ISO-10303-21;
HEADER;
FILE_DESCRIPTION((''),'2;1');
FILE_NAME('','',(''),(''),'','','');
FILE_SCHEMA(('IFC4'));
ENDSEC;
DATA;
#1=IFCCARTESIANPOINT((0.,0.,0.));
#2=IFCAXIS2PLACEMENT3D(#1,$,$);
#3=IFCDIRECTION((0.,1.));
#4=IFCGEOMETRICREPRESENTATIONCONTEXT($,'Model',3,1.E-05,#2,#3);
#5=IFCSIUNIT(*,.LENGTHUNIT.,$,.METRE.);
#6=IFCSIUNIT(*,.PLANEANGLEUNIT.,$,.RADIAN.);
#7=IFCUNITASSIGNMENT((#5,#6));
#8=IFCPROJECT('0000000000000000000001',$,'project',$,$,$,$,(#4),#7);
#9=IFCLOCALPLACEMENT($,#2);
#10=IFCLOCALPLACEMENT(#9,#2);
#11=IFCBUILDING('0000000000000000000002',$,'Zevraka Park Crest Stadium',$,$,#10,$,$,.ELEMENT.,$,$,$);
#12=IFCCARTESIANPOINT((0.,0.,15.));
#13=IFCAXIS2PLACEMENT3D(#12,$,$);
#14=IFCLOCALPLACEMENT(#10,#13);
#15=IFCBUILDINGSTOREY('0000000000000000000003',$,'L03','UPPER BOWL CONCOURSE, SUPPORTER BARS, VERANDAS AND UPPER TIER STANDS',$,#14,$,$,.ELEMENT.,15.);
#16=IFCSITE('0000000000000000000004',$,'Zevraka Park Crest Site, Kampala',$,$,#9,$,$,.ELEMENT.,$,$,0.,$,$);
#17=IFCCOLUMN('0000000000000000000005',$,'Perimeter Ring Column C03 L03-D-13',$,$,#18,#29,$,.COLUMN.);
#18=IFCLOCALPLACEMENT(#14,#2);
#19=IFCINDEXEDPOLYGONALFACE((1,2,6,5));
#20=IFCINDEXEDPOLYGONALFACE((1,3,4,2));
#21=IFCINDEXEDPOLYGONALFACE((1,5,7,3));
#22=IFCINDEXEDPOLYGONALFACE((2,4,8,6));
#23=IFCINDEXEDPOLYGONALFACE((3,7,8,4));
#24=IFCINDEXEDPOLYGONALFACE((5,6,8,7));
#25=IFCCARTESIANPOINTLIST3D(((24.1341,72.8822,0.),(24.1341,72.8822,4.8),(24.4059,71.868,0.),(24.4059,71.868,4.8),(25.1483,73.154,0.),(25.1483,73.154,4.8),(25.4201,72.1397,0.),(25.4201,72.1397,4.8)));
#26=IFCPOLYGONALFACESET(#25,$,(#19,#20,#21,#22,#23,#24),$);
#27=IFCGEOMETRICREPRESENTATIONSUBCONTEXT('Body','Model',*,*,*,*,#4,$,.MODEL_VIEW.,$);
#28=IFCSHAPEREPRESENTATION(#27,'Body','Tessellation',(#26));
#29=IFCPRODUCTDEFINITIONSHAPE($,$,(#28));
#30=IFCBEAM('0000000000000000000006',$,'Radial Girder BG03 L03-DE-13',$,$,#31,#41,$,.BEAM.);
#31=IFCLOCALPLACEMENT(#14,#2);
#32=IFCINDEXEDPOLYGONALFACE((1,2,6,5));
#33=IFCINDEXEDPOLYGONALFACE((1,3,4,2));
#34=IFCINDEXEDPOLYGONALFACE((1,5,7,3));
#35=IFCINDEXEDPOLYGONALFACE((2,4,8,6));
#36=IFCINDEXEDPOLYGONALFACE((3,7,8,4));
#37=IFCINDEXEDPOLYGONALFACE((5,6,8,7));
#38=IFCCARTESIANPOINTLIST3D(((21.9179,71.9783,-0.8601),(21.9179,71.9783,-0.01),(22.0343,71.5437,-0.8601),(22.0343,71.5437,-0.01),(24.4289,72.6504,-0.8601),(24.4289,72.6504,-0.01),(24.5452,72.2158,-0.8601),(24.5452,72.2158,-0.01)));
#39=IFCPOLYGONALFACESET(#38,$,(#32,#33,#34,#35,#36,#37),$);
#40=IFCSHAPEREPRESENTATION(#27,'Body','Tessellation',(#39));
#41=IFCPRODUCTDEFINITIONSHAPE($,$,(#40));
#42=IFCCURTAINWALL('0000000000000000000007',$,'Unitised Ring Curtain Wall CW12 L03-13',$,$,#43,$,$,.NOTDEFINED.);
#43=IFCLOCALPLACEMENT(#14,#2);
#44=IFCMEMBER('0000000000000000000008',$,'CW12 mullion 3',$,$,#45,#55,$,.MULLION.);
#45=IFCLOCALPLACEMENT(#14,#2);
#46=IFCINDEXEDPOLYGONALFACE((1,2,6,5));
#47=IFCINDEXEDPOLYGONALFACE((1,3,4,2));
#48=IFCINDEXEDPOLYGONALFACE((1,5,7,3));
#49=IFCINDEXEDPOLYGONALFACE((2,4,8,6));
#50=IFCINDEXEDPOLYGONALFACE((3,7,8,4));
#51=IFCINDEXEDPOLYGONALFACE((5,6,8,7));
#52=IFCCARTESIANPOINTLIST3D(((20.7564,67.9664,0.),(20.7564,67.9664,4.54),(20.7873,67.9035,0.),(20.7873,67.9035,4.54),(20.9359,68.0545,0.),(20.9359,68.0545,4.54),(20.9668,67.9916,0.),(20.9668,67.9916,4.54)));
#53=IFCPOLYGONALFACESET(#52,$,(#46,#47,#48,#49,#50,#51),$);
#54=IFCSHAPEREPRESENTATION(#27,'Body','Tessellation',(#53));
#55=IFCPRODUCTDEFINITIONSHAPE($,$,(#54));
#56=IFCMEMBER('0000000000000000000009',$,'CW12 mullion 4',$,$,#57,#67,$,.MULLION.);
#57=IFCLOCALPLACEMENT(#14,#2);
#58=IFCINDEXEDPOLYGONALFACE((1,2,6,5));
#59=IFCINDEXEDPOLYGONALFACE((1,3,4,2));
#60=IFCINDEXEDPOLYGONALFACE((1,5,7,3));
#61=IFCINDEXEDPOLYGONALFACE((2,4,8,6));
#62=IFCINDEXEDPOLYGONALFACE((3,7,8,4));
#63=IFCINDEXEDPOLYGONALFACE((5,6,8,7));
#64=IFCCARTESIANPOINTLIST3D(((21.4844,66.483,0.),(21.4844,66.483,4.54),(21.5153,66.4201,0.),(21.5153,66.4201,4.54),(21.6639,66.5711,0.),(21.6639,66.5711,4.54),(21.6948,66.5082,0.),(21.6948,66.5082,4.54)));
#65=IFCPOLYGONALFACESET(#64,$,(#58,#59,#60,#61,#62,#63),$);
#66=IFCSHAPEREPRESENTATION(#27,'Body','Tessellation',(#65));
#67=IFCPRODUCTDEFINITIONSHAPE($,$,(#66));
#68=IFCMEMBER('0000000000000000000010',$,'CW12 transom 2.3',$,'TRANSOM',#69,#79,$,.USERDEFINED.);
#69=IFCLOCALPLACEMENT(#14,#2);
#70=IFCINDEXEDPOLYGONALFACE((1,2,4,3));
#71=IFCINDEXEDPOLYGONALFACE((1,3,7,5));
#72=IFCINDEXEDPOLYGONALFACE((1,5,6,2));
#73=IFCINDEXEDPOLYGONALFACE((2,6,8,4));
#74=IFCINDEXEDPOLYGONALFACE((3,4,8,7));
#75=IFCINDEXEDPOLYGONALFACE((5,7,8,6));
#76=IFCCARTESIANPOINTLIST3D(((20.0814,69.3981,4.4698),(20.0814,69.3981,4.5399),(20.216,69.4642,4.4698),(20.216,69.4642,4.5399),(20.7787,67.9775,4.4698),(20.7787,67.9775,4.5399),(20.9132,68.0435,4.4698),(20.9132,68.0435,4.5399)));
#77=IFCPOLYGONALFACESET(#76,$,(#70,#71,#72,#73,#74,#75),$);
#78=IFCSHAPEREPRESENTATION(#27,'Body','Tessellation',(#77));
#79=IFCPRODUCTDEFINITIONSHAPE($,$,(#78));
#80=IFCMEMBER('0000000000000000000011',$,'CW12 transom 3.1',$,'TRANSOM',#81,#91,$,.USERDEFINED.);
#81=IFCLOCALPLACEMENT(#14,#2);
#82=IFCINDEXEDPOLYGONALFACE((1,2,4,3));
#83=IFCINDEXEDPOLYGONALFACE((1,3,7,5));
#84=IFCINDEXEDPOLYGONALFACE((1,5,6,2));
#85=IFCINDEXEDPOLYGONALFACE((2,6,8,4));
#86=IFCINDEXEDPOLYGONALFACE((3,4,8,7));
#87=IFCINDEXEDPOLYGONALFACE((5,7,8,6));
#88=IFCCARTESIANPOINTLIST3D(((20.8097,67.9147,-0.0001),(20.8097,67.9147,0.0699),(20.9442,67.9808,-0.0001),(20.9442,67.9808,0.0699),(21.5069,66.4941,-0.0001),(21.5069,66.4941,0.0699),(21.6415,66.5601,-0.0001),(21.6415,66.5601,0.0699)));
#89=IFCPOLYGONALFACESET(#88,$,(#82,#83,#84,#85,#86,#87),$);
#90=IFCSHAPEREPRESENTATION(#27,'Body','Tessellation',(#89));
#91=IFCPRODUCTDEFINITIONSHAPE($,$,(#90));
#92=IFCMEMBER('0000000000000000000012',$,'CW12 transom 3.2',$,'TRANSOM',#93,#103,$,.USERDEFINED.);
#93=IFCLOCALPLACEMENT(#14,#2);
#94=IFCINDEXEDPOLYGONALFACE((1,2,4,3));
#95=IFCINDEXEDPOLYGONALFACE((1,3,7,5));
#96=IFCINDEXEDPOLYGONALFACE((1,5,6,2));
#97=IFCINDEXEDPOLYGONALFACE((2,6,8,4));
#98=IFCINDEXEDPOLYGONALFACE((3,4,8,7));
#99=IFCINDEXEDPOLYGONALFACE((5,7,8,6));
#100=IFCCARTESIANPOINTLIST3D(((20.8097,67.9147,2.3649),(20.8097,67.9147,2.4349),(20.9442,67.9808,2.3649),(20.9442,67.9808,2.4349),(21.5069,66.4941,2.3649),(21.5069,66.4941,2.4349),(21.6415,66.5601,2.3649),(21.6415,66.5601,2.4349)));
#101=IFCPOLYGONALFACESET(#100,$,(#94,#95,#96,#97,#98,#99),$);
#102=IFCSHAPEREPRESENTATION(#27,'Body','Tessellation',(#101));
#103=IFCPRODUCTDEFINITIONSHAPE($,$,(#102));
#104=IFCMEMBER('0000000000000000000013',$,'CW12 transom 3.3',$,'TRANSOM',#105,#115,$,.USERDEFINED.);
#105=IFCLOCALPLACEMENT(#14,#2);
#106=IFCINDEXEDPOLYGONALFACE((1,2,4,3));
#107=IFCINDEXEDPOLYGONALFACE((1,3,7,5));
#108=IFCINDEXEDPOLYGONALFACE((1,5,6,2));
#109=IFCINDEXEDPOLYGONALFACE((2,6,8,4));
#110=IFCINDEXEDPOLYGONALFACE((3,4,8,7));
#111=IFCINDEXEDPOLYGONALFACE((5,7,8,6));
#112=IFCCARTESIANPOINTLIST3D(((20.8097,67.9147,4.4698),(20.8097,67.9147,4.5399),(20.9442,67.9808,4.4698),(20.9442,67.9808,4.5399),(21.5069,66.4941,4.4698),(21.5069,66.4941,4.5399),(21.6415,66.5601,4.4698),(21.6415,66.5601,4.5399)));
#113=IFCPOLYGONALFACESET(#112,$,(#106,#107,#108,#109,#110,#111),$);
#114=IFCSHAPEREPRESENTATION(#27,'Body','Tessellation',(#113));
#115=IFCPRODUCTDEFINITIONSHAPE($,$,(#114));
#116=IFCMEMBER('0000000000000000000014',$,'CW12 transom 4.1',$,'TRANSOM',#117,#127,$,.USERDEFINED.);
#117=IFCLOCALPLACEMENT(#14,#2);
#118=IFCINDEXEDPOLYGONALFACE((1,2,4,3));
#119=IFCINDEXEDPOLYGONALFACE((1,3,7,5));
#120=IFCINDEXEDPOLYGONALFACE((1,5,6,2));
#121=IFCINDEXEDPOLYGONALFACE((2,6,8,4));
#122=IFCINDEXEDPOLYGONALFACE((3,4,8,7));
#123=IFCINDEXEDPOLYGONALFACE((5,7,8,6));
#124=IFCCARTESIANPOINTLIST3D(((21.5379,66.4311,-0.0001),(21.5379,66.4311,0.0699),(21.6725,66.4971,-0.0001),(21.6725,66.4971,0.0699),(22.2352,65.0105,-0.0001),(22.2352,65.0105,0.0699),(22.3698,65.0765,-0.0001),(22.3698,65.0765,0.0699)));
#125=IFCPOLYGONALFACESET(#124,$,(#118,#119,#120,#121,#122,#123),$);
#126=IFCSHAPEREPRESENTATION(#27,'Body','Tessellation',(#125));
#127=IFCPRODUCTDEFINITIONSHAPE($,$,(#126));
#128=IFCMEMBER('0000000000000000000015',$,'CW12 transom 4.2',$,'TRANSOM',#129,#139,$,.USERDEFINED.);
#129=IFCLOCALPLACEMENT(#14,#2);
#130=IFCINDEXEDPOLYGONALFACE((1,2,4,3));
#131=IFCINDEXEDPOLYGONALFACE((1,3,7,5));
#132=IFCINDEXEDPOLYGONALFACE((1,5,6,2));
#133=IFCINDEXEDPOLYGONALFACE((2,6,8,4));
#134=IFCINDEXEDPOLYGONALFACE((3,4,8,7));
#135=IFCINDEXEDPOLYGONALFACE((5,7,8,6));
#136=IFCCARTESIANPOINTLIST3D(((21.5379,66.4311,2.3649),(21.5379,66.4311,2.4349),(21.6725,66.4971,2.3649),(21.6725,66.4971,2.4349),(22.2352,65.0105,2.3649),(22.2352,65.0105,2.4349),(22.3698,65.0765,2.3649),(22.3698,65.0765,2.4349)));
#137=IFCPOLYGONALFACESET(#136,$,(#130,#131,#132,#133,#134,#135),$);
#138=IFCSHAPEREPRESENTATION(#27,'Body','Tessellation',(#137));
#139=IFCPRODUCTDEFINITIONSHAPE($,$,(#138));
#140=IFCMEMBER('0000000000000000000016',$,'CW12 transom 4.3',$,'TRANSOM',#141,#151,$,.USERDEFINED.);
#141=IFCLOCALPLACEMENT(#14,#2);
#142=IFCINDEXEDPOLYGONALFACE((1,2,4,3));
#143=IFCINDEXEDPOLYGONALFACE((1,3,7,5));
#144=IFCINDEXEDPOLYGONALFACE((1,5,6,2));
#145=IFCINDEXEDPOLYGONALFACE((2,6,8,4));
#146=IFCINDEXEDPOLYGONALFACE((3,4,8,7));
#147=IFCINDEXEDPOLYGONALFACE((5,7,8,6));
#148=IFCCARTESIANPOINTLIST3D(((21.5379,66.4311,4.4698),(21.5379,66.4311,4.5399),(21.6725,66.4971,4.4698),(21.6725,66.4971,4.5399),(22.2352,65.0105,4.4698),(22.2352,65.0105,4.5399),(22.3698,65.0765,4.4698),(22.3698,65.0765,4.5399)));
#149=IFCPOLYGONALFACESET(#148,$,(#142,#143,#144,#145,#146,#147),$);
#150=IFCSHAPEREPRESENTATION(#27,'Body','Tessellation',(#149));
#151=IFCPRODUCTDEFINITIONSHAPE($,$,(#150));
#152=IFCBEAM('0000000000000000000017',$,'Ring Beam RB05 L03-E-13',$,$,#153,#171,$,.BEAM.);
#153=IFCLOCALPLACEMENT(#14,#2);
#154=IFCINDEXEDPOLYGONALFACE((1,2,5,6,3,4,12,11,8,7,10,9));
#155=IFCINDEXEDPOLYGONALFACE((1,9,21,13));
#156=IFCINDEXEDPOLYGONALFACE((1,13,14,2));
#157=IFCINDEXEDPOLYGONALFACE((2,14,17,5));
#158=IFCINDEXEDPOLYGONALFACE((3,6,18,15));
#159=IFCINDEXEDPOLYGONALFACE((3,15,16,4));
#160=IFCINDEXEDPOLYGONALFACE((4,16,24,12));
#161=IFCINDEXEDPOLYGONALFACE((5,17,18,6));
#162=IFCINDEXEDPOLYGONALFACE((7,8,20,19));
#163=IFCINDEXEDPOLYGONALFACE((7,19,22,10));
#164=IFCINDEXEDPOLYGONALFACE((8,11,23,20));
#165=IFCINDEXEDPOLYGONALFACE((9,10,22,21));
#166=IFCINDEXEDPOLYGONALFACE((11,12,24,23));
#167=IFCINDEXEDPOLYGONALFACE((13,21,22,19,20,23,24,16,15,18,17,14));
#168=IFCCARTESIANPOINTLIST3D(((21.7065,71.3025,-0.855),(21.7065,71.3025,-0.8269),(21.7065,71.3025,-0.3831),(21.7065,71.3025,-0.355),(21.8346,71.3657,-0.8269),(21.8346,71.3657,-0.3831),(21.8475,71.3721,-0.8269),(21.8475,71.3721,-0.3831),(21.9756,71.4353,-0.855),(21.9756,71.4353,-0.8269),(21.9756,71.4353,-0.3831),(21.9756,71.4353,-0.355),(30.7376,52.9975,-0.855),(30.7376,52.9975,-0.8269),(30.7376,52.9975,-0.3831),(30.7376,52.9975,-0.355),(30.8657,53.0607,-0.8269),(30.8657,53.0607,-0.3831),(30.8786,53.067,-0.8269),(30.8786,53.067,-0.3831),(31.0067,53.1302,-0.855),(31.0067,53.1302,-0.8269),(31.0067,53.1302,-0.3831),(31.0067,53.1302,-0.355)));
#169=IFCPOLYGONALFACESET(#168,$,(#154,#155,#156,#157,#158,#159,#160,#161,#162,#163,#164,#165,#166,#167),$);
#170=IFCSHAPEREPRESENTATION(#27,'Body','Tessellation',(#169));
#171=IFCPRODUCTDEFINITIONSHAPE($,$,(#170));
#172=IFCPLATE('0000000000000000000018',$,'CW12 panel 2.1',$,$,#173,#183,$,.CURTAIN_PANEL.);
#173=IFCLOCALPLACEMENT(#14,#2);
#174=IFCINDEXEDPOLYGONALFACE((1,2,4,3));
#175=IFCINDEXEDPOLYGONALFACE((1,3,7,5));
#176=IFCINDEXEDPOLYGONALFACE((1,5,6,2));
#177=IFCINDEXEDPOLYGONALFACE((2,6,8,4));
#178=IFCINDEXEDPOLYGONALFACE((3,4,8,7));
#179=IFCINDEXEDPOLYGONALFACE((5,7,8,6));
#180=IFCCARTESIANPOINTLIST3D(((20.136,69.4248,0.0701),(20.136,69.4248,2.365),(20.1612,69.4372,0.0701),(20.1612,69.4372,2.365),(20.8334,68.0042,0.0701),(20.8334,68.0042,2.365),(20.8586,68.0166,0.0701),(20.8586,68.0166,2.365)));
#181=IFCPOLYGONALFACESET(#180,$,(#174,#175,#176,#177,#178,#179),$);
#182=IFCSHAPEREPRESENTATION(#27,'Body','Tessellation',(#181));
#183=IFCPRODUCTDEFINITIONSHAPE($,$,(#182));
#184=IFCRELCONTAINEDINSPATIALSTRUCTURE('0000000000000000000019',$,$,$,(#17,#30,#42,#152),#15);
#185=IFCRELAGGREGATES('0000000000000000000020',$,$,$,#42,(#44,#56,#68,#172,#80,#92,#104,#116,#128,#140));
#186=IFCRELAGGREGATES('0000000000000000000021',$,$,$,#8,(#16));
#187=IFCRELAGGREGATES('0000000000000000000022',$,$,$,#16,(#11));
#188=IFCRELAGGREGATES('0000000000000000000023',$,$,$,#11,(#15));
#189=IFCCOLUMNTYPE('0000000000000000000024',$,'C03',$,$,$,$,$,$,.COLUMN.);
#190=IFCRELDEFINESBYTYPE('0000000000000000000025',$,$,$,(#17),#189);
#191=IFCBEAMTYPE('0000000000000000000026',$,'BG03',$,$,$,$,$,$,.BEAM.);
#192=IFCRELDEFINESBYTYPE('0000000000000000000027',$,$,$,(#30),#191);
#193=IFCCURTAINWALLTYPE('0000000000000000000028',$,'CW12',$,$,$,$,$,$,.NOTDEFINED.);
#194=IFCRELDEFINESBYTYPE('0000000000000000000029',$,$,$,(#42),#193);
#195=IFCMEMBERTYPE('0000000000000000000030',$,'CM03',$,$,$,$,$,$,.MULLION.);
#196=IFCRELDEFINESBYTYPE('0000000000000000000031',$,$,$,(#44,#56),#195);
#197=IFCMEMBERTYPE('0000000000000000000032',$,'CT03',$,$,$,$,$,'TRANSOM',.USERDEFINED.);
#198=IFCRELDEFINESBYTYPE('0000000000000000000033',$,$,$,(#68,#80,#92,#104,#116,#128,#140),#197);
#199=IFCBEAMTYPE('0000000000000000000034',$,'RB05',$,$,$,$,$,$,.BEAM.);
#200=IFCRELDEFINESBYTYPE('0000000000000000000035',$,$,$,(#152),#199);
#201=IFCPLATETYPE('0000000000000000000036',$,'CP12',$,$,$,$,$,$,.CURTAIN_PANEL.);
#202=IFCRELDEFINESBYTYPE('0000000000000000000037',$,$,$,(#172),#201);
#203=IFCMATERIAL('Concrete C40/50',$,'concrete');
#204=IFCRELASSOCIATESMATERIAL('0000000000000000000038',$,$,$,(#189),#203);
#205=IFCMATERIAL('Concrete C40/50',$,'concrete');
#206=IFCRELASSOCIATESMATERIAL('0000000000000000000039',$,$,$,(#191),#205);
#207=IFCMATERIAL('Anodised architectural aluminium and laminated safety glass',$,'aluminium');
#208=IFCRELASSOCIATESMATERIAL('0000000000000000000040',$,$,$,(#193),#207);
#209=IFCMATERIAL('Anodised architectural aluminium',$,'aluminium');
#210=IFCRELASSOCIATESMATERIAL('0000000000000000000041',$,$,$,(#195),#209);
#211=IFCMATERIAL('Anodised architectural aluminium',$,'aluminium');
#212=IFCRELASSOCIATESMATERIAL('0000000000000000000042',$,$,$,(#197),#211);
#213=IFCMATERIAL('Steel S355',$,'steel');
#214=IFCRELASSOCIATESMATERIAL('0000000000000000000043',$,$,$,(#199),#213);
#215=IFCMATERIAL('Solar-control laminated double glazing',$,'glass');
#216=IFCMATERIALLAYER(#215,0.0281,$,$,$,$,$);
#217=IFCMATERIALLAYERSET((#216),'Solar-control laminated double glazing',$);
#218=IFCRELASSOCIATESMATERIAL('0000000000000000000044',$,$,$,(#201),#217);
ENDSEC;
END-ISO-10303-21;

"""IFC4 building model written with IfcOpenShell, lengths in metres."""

from ifc_helpers import new_model, si_unit, direction, frame, origin, origin_2d, place, context, subcontext, project, spatial, rectangle, i_section, extrude, material, layer, layer_set, material_profile, profile_set, type_object, element, aggregate, save


model = new_model("IFC4")

# Units and contexts
model_context = context("Model", 3, precision=1e-05, world=origin(), true_north=direction((0.0, 1.0)))
body_context = subcontext(model_context, "Body", "Model", "MODEL_VIEW")
ifc_project = project(units=[si_unit("LENGTHUNIT", "METRE"), si_unit("PLANEANGLEUNIT", "RADIAN")], contexts=[model_context])

# Site, building, storey
site_placement = place(None, origin())
site = spatial("IfcSite", under=ifc_project, at=site_placement, Name="Zevraka Park Crest Site, Kampala", CompositionType="ELEMENT", RefElevation=0.0)
building_placement = place(site_placement, origin())
building = spatial("IfcBuilding", under=site, at=building_placement, Name="Zevraka Park Crest Stadium", CompositionType="ELEMENT")
storey_placement = place(building_placement, frame((0.0, 0.0, 15.0)))
storey = spatial("IfcBuildingStorey", under=building, at=storey_placement, Name="L03", Description="UPPER BOWL CONCOURSE, SUPPORTER BARS, VERANDAS AND UPPER TIER STANDS", CompositionType="ELEMENT", Elevation=15.0)

# Column
ifc_material_1 = material(Name="Concrete C40/50", Category="concrete")
ifc_material_profile_1 = material_profile(ifc_material_1, rectangle(XDim=1.05, YDim=1.05, at=origin_2d()), Name="RC 1050x1050")
ifc_profile_set_1 = profile_set([ifc_material_profile_1], Name="Concrete C40/50")
column_type = type_object("IfcColumnType", Name="C03", PredefinedType="COLUMN", material=ifc_profile_set_1)
column_placement = place(storey_placement, frame((24.7771, 72.511, 0.0), z_axis=(0.0, 0.0, 1.0), x_axis=(0.965926, 0.258819, 0.0)))
element("IfcColumn", 1, at=column_placement, inside=storey, type_object=column_type, Name="Perimeter Ring Column C03 L03-D-13", PredefinedType="COLUMN", context=body_context, shape_type="SweptSolid", body=[
    extrude(rectangle(XDim=1.05, YDim=1.05, at=origin_2d()), origin(), (0.0, 0.0, 1.0), 4.8),
])

# Beam
ifc_material_2 = material(Name="Concrete C40/50", Category="concrete")
ifc_material_profile_2 = material_profile(ifc_material_2, rectangle(XDim=0.45, YDim=0.8501, at=origin_2d()), Name="RC 850x450")
ifc_profile_set_2 = profile_set([ifc_material_profile_2], Name="Concrete C40/50")
beam_type_1 = type_object("IfcBeamType", Name="BG03", PredefinedType="BEAM", material=ifc_profile_set_2)
beam_1_placement = place(storey_placement, frame((24.4871, 72.4331, -0.4351), z_axis=(-0.965993, -0.258569, 0.0), x_axis=(0.258569, -0.965993, 0.0)))
element("IfcBeam", 2, at=beam_1_placement, inside=storey, type_object=beam_type_1, Name="Radial Girder BG03 L03-DE-13", PredefinedType="BEAM", context=body_context, shape_type="SweptSolid", body=[
    extrude(rectangle(XDim=0.45, YDim=0.8501, at=origin_2d()), origin(), (0.0, 0.0, 1.0), 2.5994),
])

# Curtain wall, members
ifc_material_3 = material(Name="Anodised architectural aluminium and laminated safety glass", Category="aluminium")
curtain_wall_type = type_object("IfcCurtainWallType", Name="CW12", PredefinedType="NOTDEFINED", material=ifc_material_3)
curtain_wall_placement = place(storey_placement, origin())
curtain_wall = element("IfcCurtainWall", 3, at=curtain_wall_placement, inside=storey, type_object=curtain_wall_type, Name="Unitised Ring Curtain Wall CW12 L03-13", PredefinedType="NOTDEFINED")
ifc_material_4 = material(Name="Anodised architectural aluminium", Category="aluminium")
ifc_material_profile_3 = material_profile(ifc_material_4, rectangle(XDim=0.2, YDim=0.0701, at=origin_2d()), Name="ALU MULLION 200x70")
ifc_profile_set_3 = profile_set([ifc_material_profile_3], Name="Anodised architectural aluminium")
member_type_1 = type_object("IfcMemberType", Name="CM03", PredefinedType="MULLION", material=ifc_profile_set_3)
member_1_placement = place(storey_placement, frame((20.8616, 67.979, 0.0), z_axis=(0.0, 0.0, 1.0), x_axis=(0.897671, 0.440666, 0.0)))
member_1 = element("IfcMember", 4, at=member_1_placement, type_object=member_type_1, Name="CW12 mullion 3", PredefinedType="MULLION", context=body_context, shape_type="SweptSolid", body=[
    extrude(rectangle(XDim=0.2, YDim=0.0701, at=origin_2d()), origin(), (0.0, 0.0, 1.0), 4.54),
])
member_2_placement = place(storey_placement, frame((21.5896, 66.4956, 0.0), z_axis=(0.0, 0.0, 1.0), x_axis=(0.897671, 0.440666, 0.0)))
member_2 = element("IfcMember", 5, at=member_2_placement, type_object=member_type_1, Name="CW12 mullion 4", PredefinedType="MULLION", context=body_context, shape_type="SweptSolid", body=[
    extrude(rectangle(XDim=0.2, YDim=0.0701, at=origin_2d()), origin(), (0.0, 0.0, 1.0), 4.54),
])
ifc_material_5 = material(Name="Anodised architectural aluminium", Category="aluminium")
ifc_material_profile_4 = material_profile(ifc_material_5, rectangle(XDim=0.1499, YDim=0.0701, at=origin_2d()), Name="ALU TRANSOM 150x70")
ifc_profile_set_4 = profile_set([ifc_material_profile_4], Name="Anodised architectural aluminium")
member_type_2 = type_object("IfcMemberType", Name="CT03", ElementType="TRANSOM", PredefinedType="USERDEFINED", material=ifc_profile_set_4)
member_3_placement = place(storey_placement, frame((20.1487, 69.4312, 4.5049), z_axis=(0.440599, -0.897704, 0.0), x_axis=(0.897704, 0.440599, 0.0)))
member_3 = element("IfcMember", 6, at=member_3_placement, type_object=member_type_2, Name="CW12 transom 2.3", ObjectType="TRANSOM", PredefinedType="USERDEFINED", context=body_context, shape_type="SweptSolid", body=[
    extrude(rectangle(XDim=0.1499, YDim=0.0701, at=origin_2d()), origin(), (0.0, 0.0, 1.0), 1.5825),
])
member_4_placement = place(storey_placement, frame((20.877, 67.9478, 0.0349), z_axis=(0.440599, -0.897704, 0.0), x_axis=(0.897704, 0.440599, 0.0)))
member_4 = element("IfcMember", 7, at=member_4_placement, type_object=member_type_2, Name="CW12 transom 3.1", ObjectType="TRANSOM", PredefinedType="USERDEFINED", context=body_context, shape_type="SweptSolid", body=[
    extrude(rectangle(XDim=0.1499, YDim=0.0701, at=origin_2d()), origin(), (0.0, 0.0, 1.0), 1.5825),
])
member_5_placement = place(storey_placement, frame((20.877, 67.9478, 2.3999), z_axis=(0.440599, -0.897704, 0.0), x_axis=(0.897704, 0.440599, 0.0)))
member_5 = element("IfcMember", 8, at=member_5_placement, type_object=member_type_2, Name="CW12 transom 3.2", ObjectType="TRANSOM", PredefinedType="USERDEFINED", context=body_context, shape_type="SweptSolid", body=[
    extrude(rectangle(XDim=0.1499, YDim=0.0701, at=origin_2d()), origin(), (0.0, 0.0, 1.0), 1.5825),
])
member_6_placement = place(storey_placement, frame((20.877, 67.9478, 4.5049), z_axis=(0.440599, -0.897704, 0.0), x_axis=(0.897704, 0.440599, 0.0)))
member_6 = element("IfcMember", 9, at=member_6_placement, type_object=member_type_2, Name="CW12 transom 3.3", ObjectType="TRANSOM", PredefinedType="USERDEFINED", context=body_context, shape_type="SweptSolid", body=[
    extrude(rectangle(XDim=0.1499, YDim=0.0701, at=origin_2d()), origin(), (0.0, 0.0, 1.0), 1.5825),
])
member_7_placement = place(storey_placement, frame((21.6052, 66.4641, 0.0349), z_axis=(0.440599, -0.897704, 0.0), x_axis=(0.897704, 0.440599, 0.0)))
member_7 = element("IfcMember", 10, at=member_7_placement, type_object=member_type_2, Name="CW12 transom 4.1", ObjectType="TRANSOM", PredefinedType="USERDEFINED", context=body_context, shape_type="SweptSolid", body=[
    extrude(rectangle(XDim=0.1499, YDim=0.0701, at=origin_2d()), origin(), (0.0, 0.0, 1.0), 1.5825),
])
member_8_placement = place(storey_placement, frame((21.6052, 66.4641, 2.3999), z_axis=(0.440599, -0.897704, 0.0), x_axis=(0.897704, 0.440599, 0.0)))
member_8 = element("IfcMember", 11, at=member_8_placement, type_object=member_type_2, Name="CW12 transom 4.2", ObjectType="TRANSOM", PredefinedType="USERDEFINED", context=body_context, shape_type="SweptSolid", body=[
    extrude(rectangle(XDim=0.1499, YDim=0.0701, at=origin_2d()), origin(), (0.0, 0.0, 1.0), 1.5825),
])
member_9_placement = place(storey_placement, frame((21.6052, 66.4641, 4.5049), z_axis=(0.440599, -0.897704, 0.0), x_axis=(0.897704, 0.440599, 0.0)))
member_9 = element("IfcMember", 12, at=member_9_placement, type_object=member_type_2, Name="CW12 transom 4.3", ObjectType="TRANSOM", PredefinedType="USERDEFINED", context=body_context, shape_type="SweptSolid", body=[
    extrude(rectangle(XDim=0.1499, YDim=0.0701, at=origin_2d()), origin(), (0.0, 0.0, 1.0), 1.5825),
])

# Beam
ifc_material_6 = material(Name="Steel S355", Category="steel")
ifc_material_profile_5 = material_profile(ifc_material_6, i_section(OverallWidth=0.3, OverallDepth=0.5, WebThickness=0.0144, FlangeThickness=0.0281, at=origin_2d()), Name="HEB 500")
ifc_profile_set_5 = profile_set([ifc_material_profile_5], Name="Steel S355")
beam_type_2 = type_object("IfcBeamType", Name="RB05", PredefinedType="BEAM", material=ifc_profile_set_5)
beam_2_placement = place(storey_placement, frame((21.8411, 71.3689, -0.605), z_axis=(0.442447, -0.896795, 0.0), x_axis=(0.896795, 0.442447, 0.0)))
element("IfcBeam", 13, at=beam_2_placement, inside=storey, type_object=beam_type_2, Name="Ring Beam RB05 L03-E-13", PredefinedType="BEAM", context=body_context, shape_type="SweptSolid", body=[
    extrude(i_section(OverallWidth=0.3, OverallDepth=0.5, WebThickness=0.0144, FlangeThickness=0.0281, at=origin_2d()), origin(), (0.0, 0.0, 1.0), 20.4116),
])

# Plate
ifc_material_7 = material(Name="Solar-control laminated double glazing", Category="glass")
ifc_layer_1 = layer(ifc_material_7, 0.0281)
ifc_layer_set_1 = layer_set([ifc_layer_1], Name="Solar-control laminated double glazing")
plate_type = type_object("IfcPlateType", Name="CP12", PredefinedType="CURTAIN_PANEL", material=ifc_layer_set_1)
plate_1_placement = place(storey_placement, frame((20.4973, 68.7207, 0.0701), z_axis=(0.0, 0.0, 1.0), x_axis=(0.440666, -0.897671, 0.0)))
plate_1 = element("IfcPlate", 14, at=plate_1_placement, type_object=plate_type, Name="CW12 panel 2.1", PredefinedType="CURTAIN_PANEL", context=body_context, shape_type="SweptSolid", body=[
    extrude(rectangle(XDim=1.5825, YDim=0.0281, at=origin_2d()), origin(), (0.0, 0.0, 1.0), 2.2949),
])
aggregate(curtain_wall, [member_1, member_2, member_3, plate_1, member_4, member_5, member_6, member_7, member_8, member_9])

save(model, "model.ifc")
